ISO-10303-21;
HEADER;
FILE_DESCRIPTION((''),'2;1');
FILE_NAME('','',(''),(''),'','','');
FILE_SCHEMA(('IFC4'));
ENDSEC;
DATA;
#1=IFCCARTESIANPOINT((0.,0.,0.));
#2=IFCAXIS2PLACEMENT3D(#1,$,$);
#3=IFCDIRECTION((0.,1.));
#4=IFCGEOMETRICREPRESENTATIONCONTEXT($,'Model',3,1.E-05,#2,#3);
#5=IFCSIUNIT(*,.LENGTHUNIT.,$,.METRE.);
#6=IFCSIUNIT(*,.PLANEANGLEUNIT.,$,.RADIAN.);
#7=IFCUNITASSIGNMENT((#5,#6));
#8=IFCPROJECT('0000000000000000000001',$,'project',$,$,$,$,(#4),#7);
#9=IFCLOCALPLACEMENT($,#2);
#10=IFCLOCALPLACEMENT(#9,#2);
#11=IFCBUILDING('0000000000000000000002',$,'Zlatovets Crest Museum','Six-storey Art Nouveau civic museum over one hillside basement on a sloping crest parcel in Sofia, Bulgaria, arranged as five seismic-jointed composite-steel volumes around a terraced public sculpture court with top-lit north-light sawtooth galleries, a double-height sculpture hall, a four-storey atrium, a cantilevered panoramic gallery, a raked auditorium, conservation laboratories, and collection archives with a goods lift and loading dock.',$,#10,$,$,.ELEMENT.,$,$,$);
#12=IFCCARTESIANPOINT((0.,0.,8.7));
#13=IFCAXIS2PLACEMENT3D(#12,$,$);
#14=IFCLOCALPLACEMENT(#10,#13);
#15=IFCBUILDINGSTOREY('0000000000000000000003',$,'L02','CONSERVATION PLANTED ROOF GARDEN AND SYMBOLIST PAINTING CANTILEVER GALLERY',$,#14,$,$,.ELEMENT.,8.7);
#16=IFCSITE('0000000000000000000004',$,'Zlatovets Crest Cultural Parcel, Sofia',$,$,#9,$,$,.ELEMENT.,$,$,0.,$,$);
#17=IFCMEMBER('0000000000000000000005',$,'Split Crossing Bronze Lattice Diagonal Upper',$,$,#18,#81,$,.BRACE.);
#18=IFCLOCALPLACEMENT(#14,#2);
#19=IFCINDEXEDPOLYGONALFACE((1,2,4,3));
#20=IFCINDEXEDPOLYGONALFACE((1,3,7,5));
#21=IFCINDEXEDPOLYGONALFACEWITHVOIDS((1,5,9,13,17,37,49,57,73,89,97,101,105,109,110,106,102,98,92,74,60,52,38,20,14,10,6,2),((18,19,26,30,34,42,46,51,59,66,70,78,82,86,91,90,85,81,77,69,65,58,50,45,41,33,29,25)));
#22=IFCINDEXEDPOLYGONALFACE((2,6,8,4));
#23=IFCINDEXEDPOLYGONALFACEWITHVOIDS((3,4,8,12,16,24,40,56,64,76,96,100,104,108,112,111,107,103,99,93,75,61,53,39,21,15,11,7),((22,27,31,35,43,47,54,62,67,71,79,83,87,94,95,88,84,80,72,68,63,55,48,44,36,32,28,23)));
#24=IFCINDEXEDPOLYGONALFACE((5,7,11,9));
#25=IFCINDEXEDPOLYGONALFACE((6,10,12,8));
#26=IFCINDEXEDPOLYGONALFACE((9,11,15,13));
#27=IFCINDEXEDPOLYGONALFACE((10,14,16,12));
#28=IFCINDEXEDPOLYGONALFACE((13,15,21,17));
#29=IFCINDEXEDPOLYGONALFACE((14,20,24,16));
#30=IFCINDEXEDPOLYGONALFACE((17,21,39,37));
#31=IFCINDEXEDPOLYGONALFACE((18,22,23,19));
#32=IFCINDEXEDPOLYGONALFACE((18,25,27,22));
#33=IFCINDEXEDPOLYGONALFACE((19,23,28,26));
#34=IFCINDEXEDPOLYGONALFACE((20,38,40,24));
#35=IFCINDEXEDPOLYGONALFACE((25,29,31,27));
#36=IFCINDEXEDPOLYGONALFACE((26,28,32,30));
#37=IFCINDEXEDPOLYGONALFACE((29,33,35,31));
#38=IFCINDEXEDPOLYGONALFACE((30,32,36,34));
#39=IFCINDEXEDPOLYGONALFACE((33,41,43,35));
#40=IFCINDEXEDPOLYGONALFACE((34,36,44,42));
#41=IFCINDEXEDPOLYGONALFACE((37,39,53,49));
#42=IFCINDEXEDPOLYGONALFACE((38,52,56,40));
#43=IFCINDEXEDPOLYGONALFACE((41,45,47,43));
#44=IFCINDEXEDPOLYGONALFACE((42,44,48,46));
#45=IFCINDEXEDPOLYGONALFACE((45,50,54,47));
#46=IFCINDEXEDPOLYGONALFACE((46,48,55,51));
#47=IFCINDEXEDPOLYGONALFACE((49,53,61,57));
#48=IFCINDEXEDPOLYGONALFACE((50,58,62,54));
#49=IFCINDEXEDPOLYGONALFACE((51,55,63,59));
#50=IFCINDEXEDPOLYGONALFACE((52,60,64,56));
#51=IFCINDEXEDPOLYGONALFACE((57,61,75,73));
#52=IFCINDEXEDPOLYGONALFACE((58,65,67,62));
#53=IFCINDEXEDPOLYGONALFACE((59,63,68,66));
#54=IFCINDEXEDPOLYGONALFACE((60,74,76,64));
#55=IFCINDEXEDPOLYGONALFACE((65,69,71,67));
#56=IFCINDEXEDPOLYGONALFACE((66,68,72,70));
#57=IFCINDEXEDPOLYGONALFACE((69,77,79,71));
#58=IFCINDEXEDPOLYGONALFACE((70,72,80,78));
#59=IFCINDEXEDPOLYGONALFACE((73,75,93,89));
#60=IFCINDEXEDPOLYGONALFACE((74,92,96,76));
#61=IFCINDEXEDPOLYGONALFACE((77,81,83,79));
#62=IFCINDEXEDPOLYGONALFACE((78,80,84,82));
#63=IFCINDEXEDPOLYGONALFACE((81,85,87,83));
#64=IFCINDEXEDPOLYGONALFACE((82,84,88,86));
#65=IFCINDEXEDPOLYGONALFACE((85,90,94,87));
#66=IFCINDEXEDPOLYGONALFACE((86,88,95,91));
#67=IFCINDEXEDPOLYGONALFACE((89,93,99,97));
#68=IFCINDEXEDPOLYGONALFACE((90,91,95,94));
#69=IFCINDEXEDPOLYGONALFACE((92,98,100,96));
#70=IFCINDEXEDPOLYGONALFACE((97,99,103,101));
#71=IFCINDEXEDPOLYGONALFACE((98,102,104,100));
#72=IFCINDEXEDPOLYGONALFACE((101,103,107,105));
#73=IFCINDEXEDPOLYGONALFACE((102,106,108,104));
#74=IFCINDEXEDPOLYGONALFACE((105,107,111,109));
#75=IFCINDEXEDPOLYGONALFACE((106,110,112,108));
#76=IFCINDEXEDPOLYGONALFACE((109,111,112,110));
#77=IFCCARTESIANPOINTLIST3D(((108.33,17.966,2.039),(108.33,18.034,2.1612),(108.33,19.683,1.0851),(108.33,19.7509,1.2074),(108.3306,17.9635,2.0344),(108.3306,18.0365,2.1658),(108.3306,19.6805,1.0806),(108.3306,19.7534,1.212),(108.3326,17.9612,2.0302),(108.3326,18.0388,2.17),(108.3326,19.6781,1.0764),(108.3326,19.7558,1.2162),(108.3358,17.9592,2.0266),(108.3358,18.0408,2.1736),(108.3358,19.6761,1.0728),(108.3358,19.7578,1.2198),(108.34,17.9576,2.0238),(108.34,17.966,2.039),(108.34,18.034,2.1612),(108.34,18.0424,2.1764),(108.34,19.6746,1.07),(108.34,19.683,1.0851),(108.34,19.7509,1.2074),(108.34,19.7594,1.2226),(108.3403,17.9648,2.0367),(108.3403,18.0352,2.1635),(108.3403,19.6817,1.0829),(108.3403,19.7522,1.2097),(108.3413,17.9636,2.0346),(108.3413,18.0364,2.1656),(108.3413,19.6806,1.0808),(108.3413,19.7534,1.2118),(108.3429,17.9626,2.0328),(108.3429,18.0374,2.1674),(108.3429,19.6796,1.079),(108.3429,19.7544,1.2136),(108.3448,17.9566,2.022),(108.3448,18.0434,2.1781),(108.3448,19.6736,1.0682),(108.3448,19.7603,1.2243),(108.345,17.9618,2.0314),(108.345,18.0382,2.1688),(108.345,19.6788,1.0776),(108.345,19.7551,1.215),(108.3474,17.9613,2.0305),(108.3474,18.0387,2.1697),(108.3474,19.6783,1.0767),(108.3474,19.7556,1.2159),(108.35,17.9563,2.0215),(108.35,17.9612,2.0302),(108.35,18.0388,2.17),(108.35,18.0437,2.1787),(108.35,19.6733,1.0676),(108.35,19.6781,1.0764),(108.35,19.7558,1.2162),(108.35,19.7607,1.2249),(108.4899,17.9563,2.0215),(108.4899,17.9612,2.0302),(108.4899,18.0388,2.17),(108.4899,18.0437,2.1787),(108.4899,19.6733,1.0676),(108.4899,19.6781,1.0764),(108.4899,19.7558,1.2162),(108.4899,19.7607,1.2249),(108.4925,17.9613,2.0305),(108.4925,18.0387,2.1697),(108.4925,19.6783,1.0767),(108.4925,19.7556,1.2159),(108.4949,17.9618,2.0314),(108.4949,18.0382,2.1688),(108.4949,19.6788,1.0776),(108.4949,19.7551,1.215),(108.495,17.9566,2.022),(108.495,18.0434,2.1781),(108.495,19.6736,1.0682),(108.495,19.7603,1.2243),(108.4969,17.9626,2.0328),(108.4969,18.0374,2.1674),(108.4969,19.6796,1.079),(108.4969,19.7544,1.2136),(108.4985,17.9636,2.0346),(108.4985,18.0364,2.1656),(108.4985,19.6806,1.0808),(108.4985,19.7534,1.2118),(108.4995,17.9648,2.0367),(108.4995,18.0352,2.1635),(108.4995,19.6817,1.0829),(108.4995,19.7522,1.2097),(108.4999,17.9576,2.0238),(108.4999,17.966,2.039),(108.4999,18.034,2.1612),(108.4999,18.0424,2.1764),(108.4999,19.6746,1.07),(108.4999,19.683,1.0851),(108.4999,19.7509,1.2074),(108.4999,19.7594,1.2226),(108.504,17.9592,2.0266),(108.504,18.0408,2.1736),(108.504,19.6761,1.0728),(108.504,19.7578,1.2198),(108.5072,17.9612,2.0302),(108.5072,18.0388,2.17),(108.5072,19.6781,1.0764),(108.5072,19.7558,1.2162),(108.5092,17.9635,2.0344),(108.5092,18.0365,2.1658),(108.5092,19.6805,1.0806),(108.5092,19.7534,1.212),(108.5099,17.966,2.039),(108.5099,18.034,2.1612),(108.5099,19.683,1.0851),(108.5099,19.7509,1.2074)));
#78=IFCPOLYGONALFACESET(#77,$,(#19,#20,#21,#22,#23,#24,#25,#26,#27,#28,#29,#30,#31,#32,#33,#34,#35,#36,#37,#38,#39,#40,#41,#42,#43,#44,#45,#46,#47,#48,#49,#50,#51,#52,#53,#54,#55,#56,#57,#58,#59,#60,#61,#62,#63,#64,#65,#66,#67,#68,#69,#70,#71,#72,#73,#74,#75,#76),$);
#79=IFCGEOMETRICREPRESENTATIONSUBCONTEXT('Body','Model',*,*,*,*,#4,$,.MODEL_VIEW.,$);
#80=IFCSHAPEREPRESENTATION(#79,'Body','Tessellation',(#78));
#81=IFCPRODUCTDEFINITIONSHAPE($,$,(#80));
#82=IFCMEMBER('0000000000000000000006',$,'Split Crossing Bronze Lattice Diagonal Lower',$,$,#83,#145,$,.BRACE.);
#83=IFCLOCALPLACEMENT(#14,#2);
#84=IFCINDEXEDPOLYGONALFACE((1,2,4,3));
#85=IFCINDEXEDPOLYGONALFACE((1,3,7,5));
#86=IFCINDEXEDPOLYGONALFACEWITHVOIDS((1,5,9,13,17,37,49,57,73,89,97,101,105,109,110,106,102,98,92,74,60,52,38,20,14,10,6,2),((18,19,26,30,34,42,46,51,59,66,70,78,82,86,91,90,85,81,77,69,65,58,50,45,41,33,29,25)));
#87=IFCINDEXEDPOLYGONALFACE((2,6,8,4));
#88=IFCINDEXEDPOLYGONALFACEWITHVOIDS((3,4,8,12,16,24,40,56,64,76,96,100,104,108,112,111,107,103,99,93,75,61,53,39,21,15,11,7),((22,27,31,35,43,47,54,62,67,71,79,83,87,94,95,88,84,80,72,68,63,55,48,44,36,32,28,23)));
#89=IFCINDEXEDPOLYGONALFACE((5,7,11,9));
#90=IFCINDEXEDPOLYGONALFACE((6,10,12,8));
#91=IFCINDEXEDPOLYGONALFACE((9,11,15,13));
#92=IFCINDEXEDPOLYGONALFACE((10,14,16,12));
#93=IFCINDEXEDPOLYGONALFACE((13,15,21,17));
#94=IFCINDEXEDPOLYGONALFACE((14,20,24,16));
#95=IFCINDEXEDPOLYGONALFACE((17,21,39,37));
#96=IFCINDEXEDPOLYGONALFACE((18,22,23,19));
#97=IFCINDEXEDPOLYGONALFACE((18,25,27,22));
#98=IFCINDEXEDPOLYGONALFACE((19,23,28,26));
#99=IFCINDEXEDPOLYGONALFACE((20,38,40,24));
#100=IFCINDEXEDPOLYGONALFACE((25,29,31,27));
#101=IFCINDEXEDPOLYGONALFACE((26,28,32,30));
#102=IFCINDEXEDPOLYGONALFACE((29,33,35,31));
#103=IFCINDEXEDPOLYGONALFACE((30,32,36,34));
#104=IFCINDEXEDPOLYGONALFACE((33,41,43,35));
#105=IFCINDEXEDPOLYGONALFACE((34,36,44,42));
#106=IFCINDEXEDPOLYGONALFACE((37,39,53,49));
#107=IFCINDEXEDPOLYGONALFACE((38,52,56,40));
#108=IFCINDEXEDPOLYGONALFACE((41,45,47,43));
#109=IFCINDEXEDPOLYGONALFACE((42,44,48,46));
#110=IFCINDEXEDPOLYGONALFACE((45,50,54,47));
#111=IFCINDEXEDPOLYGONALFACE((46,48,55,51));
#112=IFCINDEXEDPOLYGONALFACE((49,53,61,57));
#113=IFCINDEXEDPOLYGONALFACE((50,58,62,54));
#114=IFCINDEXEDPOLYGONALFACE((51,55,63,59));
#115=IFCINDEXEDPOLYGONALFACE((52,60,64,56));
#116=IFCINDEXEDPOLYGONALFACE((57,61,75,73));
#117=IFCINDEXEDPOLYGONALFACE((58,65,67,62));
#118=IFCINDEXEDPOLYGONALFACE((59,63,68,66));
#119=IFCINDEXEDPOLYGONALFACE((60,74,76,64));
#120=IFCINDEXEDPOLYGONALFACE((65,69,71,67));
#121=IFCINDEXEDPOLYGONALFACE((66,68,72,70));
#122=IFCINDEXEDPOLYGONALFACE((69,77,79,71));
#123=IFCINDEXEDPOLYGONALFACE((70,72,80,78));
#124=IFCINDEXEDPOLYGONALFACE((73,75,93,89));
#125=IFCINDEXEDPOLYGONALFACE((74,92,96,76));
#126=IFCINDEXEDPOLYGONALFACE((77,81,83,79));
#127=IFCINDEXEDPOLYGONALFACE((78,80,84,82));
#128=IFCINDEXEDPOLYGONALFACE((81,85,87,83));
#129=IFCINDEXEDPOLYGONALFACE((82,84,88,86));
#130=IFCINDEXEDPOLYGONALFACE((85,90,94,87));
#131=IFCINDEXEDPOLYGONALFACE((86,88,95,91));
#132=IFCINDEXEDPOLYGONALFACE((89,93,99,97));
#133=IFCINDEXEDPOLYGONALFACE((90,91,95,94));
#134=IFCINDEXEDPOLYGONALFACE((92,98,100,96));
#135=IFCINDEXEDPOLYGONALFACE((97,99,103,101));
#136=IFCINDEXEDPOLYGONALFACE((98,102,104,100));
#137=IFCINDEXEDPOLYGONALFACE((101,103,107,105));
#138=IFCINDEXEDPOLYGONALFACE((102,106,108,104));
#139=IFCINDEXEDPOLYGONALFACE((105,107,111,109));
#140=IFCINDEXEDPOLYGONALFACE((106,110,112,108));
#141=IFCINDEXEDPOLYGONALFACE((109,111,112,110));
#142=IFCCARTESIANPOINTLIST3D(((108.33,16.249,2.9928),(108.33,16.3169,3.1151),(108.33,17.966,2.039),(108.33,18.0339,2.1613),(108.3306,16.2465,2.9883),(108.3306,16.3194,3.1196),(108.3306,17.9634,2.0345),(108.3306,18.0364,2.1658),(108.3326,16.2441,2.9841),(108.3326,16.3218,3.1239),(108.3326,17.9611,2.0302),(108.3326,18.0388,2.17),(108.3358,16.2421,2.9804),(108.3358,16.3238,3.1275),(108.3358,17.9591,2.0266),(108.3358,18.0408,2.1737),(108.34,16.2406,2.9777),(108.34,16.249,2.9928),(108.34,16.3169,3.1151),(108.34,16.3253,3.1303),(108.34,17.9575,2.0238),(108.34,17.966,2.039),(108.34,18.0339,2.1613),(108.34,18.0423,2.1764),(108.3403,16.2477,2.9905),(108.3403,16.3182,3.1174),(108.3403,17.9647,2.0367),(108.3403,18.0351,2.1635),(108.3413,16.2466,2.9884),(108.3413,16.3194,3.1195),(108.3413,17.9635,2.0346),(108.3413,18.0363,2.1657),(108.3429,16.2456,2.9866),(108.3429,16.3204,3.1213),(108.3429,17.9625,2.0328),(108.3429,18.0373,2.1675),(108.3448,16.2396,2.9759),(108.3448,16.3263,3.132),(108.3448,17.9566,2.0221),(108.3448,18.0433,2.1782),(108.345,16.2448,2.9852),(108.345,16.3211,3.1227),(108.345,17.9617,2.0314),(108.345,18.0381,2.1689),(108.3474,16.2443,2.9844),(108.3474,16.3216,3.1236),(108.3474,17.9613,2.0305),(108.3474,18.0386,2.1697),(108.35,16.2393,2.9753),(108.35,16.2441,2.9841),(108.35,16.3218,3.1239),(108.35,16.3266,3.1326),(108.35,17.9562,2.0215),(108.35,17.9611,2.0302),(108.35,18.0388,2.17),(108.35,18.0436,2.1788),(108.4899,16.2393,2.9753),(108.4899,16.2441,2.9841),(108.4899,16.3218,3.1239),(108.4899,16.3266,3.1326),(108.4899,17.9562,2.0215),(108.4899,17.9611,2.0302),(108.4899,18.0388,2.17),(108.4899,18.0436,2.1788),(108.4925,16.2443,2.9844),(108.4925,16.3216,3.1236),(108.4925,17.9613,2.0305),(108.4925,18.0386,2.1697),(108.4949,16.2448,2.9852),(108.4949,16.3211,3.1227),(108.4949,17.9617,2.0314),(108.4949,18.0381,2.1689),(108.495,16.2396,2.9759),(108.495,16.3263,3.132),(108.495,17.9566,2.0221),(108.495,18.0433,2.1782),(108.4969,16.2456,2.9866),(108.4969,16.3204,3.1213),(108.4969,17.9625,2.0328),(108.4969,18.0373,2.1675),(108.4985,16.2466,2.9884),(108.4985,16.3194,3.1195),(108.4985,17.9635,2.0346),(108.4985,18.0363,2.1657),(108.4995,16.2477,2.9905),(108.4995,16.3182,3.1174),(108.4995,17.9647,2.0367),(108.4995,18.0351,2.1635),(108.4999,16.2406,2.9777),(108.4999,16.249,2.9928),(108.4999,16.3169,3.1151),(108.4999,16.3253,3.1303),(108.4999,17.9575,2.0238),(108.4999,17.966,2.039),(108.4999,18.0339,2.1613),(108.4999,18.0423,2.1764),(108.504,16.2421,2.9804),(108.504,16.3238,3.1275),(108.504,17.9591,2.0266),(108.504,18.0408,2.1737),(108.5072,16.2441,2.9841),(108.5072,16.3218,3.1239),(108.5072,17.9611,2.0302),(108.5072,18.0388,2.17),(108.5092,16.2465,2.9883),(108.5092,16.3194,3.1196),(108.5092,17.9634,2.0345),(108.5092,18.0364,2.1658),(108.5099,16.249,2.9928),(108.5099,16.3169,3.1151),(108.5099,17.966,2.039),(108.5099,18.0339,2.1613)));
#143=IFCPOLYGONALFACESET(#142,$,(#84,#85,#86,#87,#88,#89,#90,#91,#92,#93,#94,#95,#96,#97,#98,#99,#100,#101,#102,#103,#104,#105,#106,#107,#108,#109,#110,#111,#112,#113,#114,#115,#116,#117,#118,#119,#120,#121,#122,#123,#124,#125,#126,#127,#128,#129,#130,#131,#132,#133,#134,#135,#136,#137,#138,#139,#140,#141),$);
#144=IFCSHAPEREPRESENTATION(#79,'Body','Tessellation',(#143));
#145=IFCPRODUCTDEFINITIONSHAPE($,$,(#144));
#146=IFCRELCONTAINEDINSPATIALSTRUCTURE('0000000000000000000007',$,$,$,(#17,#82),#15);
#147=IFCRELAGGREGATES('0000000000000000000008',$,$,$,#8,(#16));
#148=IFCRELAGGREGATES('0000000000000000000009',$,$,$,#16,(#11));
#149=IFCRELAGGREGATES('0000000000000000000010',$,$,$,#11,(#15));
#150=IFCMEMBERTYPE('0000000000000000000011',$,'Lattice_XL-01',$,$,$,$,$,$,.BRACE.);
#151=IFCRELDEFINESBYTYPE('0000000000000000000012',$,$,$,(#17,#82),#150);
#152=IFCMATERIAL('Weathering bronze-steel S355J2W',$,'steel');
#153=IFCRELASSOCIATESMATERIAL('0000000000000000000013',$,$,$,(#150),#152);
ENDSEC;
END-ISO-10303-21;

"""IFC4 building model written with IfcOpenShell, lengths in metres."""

from ifc_helpers import new_model, si_unit, direction, frame, origin, origin_2d, place, context, subcontext, project, spatial, hollow_rectangle, extrude, material, material_profile, profile_set, type_object, element, save


model = new_model("IFC4")

# Units and contexts
model_context = context("Model", 3, precision=1e-05, world=origin(), true_north=direction((0.0, 1.0)))
body_context = subcontext(model_context, "Body", "Model", "MODEL_VIEW")
ifc_project = project(units=[si_unit("LENGTHUNIT", "METRE"), si_unit("PLANEANGLEUNIT", "RADIAN")], contexts=[model_context])

# Site, building, storey
site_placement = place(None, origin())
site = spatial("IfcSite", under=ifc_project, at=site_placement, Name="Zlatovets Crest Cultural Parcel, Sofia", CompositionType="ELEMENT", RefElevation=0.0)
building_placement = place(site_placement, origin())
building = spatial("IfcBuilding", under=site, at=building_placement, Name="Zlatovets Crest Museum", Description="Six-storey Art Nouveau civic museum over one hillside basement on a sloping crest parcel in Sofia, Bulgaria, arranged as five seismic-jointed composite-steel volumes around a terraced public sculpture court with top-lit north-light sawtooth galleries, a double-height sculpture hall, a four-storey atrium, a cantilevered panoramic gallery, a raked auditorium, conservation laboratories, and collection archives with a goods lift and loading dock.", CompositionType="ELEMENT")
storey_placement = place(building_placement, frame((0.0, 0.0, 8.7)))
storey = spatial("IfcBuildingStorey", under=building, at=storey_placement, Name="L02", Description="CONSERVATION PLANTED ROOF GARDEN AND SYMBOLIST PAINTING CANTILEVER GALLERY", CompositionType="ELEMENT", Elevation=8.7)

# Members
ifc_material_1 = material(Name="Weathering bronze-steel S355J2W", Category="steel")
ifc_material_profile_1 = material_profile(ifc_material_1, hollow_rectangle(XDim=0.1799, YDim=0.1799, WallThickness=0.01, InnerFilletRadius=0.01, OuterFilletRadius=0.02, at=origin_2d()), Name="SHS 180x180x10.0")
ifc_profile_set_1 = profile_set([ifc_material_profile_1], Name="Weathering bronze-steel S355J2W")
member_type_1 = type_object("IfcMemberType", Name="Lattice_XL-01", PredefinedType="BRACE", material=ifc_profile_set_1)
for number, where, z_axis, x_axis, name in (
    (1, (108.4199, 18.0, 2.1001), (0.0, 0.874169, -0.485622), (-1.0, 0.0, 0.0), "Split Crossing Bronze Lattice Diagonal Upper"),
    (2, (108.4199, 16.283, 3.054), (0.0, 0.874169, -0.485622), (-1.0, 0.0, 0.0), "Split Crossing Bronze Lattice Diagonal Lower"),
):
    element("IfcMember", number, at=place(storey_placement, frame(where, z_axis=z_axis, x_axis=x_axis)), inside=storey, type_object=member_type_1, Name=name, PredefinedType="BRACE", context=body_context, shape_type="SweptSolid", body=[
        extrude(hollow_rectangle(XDim=0.1799, YDim=0.1799, WallThickness=0.01, InnerFilletRadius=0.01, OuterFilletRadius=0.02, at=origin_2d()), origin(), (0.0, 0.0, 1.0), 1.9641),
    ])

save(model, "model.ifc")
